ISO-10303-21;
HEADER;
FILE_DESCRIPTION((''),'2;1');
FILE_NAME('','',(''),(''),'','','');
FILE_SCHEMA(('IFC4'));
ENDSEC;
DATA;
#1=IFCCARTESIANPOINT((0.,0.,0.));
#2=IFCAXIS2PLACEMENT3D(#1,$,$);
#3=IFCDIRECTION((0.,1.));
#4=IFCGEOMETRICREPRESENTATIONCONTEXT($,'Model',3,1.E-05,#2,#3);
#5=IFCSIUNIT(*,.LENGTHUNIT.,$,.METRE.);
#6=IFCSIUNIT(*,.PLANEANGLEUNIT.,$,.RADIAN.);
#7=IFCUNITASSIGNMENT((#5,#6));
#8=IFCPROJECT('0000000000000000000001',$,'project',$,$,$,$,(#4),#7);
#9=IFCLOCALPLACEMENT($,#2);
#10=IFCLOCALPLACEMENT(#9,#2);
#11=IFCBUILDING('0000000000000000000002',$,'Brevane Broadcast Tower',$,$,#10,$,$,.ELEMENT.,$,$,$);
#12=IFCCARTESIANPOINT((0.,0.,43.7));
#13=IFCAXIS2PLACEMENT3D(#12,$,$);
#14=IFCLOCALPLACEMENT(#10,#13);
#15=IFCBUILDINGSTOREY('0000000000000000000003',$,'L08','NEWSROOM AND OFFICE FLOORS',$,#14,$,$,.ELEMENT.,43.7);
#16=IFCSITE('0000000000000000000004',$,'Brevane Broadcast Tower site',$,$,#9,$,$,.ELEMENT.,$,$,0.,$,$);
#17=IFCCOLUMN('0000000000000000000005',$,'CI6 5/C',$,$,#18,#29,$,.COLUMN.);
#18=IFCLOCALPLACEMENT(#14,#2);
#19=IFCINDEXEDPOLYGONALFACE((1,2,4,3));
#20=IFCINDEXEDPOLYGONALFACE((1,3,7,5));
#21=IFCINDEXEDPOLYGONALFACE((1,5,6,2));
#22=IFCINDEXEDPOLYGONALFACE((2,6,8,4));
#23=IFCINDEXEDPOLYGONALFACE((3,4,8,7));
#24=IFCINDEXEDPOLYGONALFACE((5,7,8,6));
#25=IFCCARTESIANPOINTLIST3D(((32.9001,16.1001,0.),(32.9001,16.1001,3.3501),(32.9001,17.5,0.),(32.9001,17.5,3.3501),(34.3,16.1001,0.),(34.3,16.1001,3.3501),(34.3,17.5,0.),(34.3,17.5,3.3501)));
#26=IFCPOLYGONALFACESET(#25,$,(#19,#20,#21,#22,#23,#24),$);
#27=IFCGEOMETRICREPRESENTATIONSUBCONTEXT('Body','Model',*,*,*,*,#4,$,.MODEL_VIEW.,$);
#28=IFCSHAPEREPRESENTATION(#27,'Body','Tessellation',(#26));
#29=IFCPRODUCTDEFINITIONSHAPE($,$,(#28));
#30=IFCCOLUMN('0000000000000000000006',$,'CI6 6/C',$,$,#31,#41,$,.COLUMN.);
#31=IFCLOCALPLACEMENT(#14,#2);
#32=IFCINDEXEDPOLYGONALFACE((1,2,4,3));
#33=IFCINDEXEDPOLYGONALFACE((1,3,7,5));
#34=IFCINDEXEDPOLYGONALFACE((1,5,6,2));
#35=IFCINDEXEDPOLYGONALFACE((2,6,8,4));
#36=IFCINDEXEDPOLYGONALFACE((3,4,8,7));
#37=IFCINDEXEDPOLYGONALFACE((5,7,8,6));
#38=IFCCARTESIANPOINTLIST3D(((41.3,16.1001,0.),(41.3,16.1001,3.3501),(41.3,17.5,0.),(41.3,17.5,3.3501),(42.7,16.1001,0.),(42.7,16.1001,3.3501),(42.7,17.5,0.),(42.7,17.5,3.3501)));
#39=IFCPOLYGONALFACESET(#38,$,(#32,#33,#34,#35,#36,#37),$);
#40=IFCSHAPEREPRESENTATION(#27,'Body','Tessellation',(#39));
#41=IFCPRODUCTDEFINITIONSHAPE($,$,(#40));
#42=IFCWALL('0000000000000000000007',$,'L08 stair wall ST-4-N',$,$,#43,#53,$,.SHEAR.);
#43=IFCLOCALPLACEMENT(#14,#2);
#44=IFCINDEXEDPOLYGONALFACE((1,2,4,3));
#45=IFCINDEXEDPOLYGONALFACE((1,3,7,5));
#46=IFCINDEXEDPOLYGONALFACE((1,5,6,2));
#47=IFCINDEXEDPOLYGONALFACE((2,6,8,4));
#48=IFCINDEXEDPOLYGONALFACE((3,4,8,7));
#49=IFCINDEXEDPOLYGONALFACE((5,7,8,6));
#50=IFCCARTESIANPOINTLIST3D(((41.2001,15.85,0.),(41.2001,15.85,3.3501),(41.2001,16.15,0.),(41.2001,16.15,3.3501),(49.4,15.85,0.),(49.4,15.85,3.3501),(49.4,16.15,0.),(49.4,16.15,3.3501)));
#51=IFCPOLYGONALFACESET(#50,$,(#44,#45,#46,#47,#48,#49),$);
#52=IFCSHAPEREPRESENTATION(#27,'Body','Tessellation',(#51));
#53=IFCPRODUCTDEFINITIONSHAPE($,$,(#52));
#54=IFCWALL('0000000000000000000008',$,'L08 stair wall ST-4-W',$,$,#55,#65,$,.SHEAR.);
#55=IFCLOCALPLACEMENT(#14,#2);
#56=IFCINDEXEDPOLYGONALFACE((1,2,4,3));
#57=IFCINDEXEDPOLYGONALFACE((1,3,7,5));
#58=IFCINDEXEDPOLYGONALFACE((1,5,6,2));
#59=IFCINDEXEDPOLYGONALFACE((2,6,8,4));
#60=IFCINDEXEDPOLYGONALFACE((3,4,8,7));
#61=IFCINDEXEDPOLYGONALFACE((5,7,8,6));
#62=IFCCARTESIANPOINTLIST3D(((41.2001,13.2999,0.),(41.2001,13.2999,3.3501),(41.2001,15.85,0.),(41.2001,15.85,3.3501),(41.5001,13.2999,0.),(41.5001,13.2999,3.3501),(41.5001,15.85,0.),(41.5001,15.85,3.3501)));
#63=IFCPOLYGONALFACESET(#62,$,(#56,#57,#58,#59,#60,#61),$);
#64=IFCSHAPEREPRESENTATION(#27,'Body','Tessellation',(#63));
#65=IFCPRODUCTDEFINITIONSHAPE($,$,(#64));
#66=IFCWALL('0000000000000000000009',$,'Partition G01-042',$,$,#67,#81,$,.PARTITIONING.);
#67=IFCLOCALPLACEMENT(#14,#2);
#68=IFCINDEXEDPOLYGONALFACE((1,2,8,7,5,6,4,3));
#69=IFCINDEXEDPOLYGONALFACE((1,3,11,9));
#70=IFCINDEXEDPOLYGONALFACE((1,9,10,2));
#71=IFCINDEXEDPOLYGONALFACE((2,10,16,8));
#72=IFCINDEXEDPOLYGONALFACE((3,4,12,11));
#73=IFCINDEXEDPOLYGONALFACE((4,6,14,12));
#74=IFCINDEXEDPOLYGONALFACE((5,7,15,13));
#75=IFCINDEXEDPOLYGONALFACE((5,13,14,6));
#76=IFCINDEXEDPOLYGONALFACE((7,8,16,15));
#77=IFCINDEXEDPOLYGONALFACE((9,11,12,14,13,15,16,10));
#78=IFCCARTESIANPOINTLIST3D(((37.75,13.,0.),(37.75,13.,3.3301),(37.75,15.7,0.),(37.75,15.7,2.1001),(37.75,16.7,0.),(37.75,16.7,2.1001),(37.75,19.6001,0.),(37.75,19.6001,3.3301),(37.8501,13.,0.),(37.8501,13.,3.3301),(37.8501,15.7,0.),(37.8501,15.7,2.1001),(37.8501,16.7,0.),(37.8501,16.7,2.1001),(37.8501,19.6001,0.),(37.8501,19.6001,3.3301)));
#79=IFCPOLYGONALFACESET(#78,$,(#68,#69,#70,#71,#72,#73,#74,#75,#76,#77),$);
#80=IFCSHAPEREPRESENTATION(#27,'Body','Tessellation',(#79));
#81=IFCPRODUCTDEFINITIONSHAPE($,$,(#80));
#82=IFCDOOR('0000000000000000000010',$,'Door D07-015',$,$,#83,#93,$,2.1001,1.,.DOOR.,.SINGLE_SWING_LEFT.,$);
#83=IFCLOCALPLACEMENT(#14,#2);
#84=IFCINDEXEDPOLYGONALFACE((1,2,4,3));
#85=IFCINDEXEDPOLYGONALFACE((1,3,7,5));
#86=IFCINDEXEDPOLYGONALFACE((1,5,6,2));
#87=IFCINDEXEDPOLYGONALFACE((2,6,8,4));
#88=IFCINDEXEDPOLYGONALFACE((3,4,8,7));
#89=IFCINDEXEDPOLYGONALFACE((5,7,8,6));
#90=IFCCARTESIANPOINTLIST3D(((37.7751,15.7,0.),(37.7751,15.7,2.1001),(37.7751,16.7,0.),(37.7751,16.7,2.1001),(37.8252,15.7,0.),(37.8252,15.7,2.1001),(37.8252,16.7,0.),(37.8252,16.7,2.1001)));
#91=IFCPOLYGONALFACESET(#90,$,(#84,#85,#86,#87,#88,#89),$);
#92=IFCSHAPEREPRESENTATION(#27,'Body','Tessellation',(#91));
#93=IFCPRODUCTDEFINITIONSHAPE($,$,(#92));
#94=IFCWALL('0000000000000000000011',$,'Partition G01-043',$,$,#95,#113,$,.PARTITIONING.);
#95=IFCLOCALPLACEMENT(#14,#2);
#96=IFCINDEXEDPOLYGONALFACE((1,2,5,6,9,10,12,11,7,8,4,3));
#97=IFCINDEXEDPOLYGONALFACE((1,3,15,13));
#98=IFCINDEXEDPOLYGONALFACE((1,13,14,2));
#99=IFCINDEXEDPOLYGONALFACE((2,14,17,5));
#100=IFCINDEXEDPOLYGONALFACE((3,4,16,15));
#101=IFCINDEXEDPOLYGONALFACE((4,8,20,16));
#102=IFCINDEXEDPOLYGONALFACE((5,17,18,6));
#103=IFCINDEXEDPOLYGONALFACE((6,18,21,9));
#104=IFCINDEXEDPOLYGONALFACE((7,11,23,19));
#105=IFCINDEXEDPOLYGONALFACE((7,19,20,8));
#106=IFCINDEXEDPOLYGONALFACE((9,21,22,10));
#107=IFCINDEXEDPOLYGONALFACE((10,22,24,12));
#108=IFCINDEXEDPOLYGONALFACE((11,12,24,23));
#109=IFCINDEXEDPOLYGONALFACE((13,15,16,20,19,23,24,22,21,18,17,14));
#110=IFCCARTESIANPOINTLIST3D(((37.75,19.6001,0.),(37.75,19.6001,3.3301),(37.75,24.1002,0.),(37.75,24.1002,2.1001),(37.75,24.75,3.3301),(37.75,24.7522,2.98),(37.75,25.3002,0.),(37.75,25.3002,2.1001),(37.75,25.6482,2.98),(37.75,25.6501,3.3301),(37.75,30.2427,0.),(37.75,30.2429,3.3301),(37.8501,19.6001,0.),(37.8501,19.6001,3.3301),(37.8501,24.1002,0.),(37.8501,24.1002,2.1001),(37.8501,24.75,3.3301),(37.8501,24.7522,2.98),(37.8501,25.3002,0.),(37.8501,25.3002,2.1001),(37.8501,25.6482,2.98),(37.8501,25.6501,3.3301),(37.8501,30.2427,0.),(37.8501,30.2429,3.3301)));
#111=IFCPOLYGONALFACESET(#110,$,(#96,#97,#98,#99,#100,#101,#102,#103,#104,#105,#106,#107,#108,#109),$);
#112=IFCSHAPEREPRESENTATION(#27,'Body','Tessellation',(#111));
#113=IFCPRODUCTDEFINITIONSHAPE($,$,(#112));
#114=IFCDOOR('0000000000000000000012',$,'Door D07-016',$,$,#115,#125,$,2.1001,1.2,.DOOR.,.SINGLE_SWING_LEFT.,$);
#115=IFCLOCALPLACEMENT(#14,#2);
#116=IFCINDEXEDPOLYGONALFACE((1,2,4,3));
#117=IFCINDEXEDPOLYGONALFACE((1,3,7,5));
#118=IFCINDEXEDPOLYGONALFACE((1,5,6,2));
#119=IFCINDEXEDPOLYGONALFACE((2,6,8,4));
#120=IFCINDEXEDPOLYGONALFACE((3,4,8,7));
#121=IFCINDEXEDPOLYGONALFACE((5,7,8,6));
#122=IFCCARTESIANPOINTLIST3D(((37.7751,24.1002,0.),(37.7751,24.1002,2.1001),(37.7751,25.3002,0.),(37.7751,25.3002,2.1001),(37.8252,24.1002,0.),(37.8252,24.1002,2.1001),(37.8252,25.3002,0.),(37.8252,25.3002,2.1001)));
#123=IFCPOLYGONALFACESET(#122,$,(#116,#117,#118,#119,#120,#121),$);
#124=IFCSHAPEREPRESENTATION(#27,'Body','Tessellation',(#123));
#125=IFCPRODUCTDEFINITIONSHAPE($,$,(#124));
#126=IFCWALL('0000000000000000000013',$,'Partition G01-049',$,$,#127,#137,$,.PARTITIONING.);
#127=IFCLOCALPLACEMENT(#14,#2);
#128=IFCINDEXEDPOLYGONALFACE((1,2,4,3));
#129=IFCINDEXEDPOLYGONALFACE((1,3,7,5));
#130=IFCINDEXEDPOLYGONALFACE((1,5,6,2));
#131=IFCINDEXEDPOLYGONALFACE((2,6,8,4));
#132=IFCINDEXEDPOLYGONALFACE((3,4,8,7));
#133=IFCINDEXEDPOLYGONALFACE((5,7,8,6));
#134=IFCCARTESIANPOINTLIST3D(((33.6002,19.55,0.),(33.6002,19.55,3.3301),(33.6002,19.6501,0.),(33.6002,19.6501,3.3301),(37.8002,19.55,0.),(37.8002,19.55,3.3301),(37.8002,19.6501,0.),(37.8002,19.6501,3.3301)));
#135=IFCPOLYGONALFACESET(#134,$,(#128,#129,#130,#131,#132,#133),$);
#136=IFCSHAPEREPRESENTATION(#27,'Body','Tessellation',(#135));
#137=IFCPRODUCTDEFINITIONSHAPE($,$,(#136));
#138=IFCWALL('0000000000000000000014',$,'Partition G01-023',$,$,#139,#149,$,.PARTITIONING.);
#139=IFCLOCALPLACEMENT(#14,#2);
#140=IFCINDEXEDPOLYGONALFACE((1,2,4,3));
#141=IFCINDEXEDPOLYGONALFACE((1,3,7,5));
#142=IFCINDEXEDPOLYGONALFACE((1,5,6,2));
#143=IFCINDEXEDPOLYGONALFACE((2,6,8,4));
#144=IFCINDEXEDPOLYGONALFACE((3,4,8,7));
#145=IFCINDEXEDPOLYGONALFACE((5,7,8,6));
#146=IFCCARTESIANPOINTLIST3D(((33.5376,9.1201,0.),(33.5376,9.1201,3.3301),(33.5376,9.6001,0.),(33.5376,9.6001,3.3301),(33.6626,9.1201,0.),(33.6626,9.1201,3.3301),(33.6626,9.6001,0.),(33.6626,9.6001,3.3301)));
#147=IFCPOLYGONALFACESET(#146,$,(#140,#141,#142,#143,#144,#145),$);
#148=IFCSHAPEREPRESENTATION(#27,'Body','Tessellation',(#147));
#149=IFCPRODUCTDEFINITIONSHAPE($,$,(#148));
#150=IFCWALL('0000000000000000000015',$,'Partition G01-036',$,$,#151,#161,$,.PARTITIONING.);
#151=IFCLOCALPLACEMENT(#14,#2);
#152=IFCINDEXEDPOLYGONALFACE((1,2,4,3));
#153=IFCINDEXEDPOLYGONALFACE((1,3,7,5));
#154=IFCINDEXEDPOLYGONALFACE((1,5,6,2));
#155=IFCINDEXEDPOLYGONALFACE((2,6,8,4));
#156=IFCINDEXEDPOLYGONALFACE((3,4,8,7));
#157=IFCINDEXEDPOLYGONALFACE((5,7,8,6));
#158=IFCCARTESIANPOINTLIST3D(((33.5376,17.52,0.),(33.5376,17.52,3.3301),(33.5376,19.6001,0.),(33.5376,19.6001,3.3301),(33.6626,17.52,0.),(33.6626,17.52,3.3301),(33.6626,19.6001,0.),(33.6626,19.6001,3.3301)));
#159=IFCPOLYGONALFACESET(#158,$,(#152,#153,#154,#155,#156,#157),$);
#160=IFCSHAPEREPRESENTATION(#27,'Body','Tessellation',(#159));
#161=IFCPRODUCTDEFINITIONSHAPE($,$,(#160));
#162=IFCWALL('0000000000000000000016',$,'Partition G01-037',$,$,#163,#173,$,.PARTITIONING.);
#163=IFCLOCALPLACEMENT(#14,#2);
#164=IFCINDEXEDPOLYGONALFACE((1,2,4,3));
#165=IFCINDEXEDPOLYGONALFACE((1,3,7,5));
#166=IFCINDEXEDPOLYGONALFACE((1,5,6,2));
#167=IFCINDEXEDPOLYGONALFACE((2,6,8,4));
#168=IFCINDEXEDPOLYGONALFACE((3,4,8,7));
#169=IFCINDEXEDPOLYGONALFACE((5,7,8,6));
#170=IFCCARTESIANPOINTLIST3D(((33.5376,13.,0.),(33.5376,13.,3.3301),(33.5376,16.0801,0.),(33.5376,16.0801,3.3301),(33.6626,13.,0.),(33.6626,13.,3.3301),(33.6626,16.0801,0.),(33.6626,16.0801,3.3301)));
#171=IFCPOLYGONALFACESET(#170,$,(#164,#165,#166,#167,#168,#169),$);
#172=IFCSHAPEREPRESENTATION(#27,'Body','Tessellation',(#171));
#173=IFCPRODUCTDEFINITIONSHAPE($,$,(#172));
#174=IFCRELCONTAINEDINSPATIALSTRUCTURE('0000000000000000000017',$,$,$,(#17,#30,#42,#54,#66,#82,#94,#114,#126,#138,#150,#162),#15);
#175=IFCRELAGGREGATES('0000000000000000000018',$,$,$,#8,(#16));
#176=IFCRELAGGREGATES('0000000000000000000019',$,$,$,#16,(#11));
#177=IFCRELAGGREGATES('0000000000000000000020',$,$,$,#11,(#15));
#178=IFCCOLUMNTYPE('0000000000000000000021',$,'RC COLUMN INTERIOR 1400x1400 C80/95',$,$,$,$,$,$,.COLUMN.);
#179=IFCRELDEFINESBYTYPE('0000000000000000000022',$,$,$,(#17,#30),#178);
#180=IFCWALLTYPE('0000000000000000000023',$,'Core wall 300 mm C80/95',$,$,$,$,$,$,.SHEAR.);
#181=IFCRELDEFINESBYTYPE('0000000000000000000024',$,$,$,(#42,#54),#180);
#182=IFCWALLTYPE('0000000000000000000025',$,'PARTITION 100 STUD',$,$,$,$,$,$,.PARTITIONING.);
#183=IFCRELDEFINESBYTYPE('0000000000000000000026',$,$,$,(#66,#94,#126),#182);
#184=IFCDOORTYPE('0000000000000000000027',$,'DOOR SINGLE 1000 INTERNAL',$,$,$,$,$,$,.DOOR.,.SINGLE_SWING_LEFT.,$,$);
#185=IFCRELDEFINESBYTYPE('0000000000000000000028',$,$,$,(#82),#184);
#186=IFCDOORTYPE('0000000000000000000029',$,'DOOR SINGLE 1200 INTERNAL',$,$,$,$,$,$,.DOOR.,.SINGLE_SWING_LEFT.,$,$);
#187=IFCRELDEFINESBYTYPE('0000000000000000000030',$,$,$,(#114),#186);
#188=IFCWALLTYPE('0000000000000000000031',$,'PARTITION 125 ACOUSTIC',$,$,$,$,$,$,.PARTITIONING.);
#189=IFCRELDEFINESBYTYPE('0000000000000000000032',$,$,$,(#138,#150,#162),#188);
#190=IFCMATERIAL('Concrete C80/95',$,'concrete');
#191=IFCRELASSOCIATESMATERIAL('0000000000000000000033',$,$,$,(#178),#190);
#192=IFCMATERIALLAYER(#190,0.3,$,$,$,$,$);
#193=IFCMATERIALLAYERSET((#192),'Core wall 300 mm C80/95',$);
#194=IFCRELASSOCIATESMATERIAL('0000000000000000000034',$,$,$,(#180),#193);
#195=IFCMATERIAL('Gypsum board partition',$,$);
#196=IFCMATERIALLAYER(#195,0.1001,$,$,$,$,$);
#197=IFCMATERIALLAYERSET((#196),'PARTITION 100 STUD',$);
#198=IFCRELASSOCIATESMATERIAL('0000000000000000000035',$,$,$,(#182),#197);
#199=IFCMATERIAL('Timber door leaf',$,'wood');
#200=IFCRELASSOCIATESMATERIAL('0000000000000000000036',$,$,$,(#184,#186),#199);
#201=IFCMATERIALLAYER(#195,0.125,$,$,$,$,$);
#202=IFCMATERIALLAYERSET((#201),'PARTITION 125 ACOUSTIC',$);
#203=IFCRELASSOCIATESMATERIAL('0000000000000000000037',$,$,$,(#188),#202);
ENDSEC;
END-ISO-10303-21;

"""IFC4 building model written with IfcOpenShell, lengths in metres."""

from ifc_helpers import new_model, si_unit, direction, frame, frame_2d, origin, origin_2d, place, context, subcontext, project, spatial, polyline, rectangle, outline, extrude, material, layer, layer_set, material_profile, profile_set, type_object, element, fill, save


model = new_model("IFC4")

# Units and contexts
model_context = context("Model", 3, precision=1e-05, world=origin(), true_north=direction((0.0, 1.0)))
body_context = subcontext(model_context, "Body", "Model", "MODEL_VIEW")
ifc_project = project(units=[si_unit("LENGTHUNIT", "METRE"), si_unit("PLANEANGLEUNIT", "RADIAN")], contexts=[model_context])

# Site, building, storey
site_placement = place(None, origin())
site = spatial("IfcSite", under=ifc_project, at=site_placement, Name="Brevane Broadcast Tower site", CompositionType="ELEMENT", RefElevation=0.0)
building_placement = place(site_placement, origin())
building = spatial("IfcBuilding", under=site, at=building_placement, Name="Brevane Broadcast Tower", CompositionType="ELEMENT")
storey_placement = place(building_placement, frame((0.0, 0.0, 43.7)))
storey = spatial("IfcBuildingStorey", under=building, at=storey_placement, Name="L08", Description="NEWSROOM AND OFFICE FLOORS", CompositionType="ELEMENT", Elevation=43.7)

# Columns
ifc_material_1 = material(Name="Concrete C80/95", Category="concrete")
ifc_material_profile = material_profile(ifc_material_1, rectangle(XDim=1.3999, YDim=1.3999, at=origin_2d()), Name="RC 1400x1400")
ifc_profile_set = profile_set([ifc_material_profile], Name="Concrete C80/95")
column_type = type_object("IfcColumnType", Name="RC COLUMN INTERIOR 1400x1400 C80/95", PredefinedType="COLUMN", material=ifc_profile_set)
for number, where, z_axis, x_axis, name in (
    (1, (33.6001, 16.8, 0.0), (0.0, 0.0, 1.0), (1.0, 0.0, 0.0), "CI6 5/C"),
    (2, (42.0, 16.8, 0.0), (0.0, 0.0, 1.0), (1.0, 0.0, 0.0), "CI6 6/C"),
):
    element("IfcColumn", number, at=place(storey_placement, frame(where, z_axis=z_axis, x_axis=x_axis)), inside=storey, type_object=column_type, Name=name, PredefinedType="COLUMN", context=body_context, shape_type="SweptSolid", body=[
        extrude(rectangle(XDim=1.3999, YDim=1.3999, at=origin_2d()), origin(), (0.0, 0.0, 1.0), 3.3501),
    ])

# Walls
ifc_layer_1 = layer(ifc_material_1, 0.3)
ifc_layer_set_1 = layer_set([ifc_layer_1], Name="Core wall 300 mm C80/95")
wall_type_1 = type_object("IfcWallType", Name="Core wall 300 mm C80/95", PredefinedType="SHEAR", material=ifc_layer_set_1)
wall_1_placement = place(storey_placement, frame((41.2, 16.0, 0.0), z_axis=(0.0, 0.0, 1.0), x_axis=(1.0, 0.0, 0.0)))
element("IfcWall", 3, at=wall_1_placement, inside=storey, type_object=wall_type_1, Name="L08 stair wall ST-4-N", PredefinedType="SHEAR", context=body_context, shape_type="SweptSolid", body=[
    extrude(rectangle(XDim=8.2, YDim=0.3, at=frame_2d((4.1001, 0.0))), origin(), (0.0, 0.0, 1.0), 3.3501),
])
wall_2_placement = place(storey_placement, frame((41.3501, 13.3, 0.0), z_axis=(0.0, 0.0, 1.0), x_axis=(0.0, 1.0, 0.0)))
element("IfcWall", 4, at=wall_2_placement, inside=storey, type_object=wall_type_1, Name="L08 stair wall ST-4-W", PredefinedType="SHEAR", context=body_context, shape_type="SweptSolid", body=[
    extrude(rectangle(XDim=2.55, YDim=0.3, at=frame_2d((1.2749, 0.0))), origin(), (0.0, 0.0, 1.0), 3.3501),
])

# Walls, openings, doors
ifc_material_2 = material(Name="Gypsum board partition")
ifc_layer_2 = layer(ifc_material_2, 0.1001)
ifc_layer_set_2 = layer_set([ifc_layer_2], Name="PARTITION 100 STUD")
wall_type_2 = type_object("IfcWallType", Name="PARTITION 100 STUD", PredefinedType="PARTITIONING", material=ifc_layer_set_2)
wall_3_placement = place(storey_placement, frame((37.8, 13.0, 0.0), z_axis=(0.0, 0.0, 1.0), x_axis=(0.0, 1.0, 0.0)))
wall_3 = element("IfcWall", 5, at=wall_3_placement, inside=storey, type_object=wall_type_2, Name="Partition G01-042", PredefinedType="PARTITIONING", context=body_context, shape_type="SweptSolid", body=[
    extrude(rectangle(XDim=6.6001, YDim=0.1001, at=frame_2d((3.3, 0.0))), origin(), (0.0, 0.0, 1.0), 3.3301),
])
opening_1_placement = place(wall_3_placement, frame((2.7, 0.0, 0.0)))
opening_1 = element("IfcOpeningElement", 6, at=opening_1_placement, cuts=wall_3, PredefinedType="OPENING", context=body_context, shape_type="SweptSolid", body=[
    extrude(rectangle(XDim=1.0, YDim=2.1001, at=frame_2d((0.5, 1.05))), frame((0.0, 0.0601, 0.0), z_axis=(0.0, -1.0, 0.0), x_axis=(1.0, 0.0, 0.0)), (0.0, 0.0, 1.0), 0.1201),
])
ifc_material_3 = material(Name="Timber door leaf", Category="wood")
door_type_1 = type_object("IfcDoorType", Name="DOOR SINGLE 1000 INTERNAL", OperationType="SINGLE_SWING_LEFT", PredefinedType="DOOR", material=ifc_material_3)
door_1_placement = place(opening_1_placement, origin())
door_1 = element("IfcDoor", 7, at=door_1_placement, inside=storey, type_object=door_type_1, Name="Door D07-015", OperationType="SINGLE_SWING_LEFT", OverallHeight=2.1001, OverallWidth=1.0, PredefinedType="DOOR", context=body_context, shape_type="SweptSolid", body=[
    extrude(rectangle(XDim=1.0, YDim=2.1001, at=frame_2d((0.5, 1.05))), frame((0.0, 0.0249, 0.0), z_axis=(0.0, -1.0, 0.0), x_axis=(1.0, 0.0, 0.0)), (0.0, 0.0, 1.0), 0.05),
])
fill(opening_1, door_1)
wall_4_placement = place(storey_placement, frame((37.8, 19.6001, 0.0), z_axis=(0.0, 0.0, 1.0), x_axis=(0.0, 1.0, 0.0)))
wall_4 = element("IfcWall", 8, at=wall_4_placement, inside=storey, type_object=wall_type_2, Name="Partition G01-043", PredefinedType="PARTITIONING", context=body_context, shape_type="SweptSolid", body=[
    extrude(outline(polyline([(0.0, 0.0), (10.6426, 0.0), (10.6428, 3.3301), (6.05, 3.3301), (6.0481, 2.98), (5.1521, 2.98), (5.1499, 3.3301), (0.0, 3.3301), (0.0, 0.0)])), frame((0.0, 0.05, 0.0), z_axis=(0.0, -1.0, 0.0), x_axis=(1.0, 0.0, 0.0)), (0.0, 0.0, 1.0), 0.1001),
])
opening_2_placement = place(wall_4_placement, frame((4.5, 0.0, 0.0)))
opening_2 = element("IfcOpeningElement", 9, at=opening_2_placement, cuts=wall_4, PredefinedType="OPENING", context=body_context, shape_type="SweptSolid", body=[
    extrude(rectangle(XDim=1.2, YDim=2.1001, at=frame_2d((0.6001, 1.05))), frame((0.0, 0.0601, 0.0), z_axis=(0.0, -1.0, 0.0), x_axis=(1.0, 0.0, 0.0)), (0.0, 0.0, 1.0), 0.1201),
])
door_type_2 = type_object("IfcDoorType", Name="DOOR SINGLE 1200 INTERNAL", OperationType="SINGLE_SWING_LEFT", PredefinedType="DOOR", material=ifc_material_3)
door_2_placement = place(opening_2_placement, origin())
door_2 = element("IfcDoor", 10, at=door_2_placement, inside=storey, type_object=door_type_2, Name="Door D07-016", OperationType="SINGLE_SWING_LEFT", OverallHeight=2.1001, OverallWidth=1.2, PredefinedType="DOOR", context=body_context, shape_type="SweptSolid", body=[
    extrude(rectangle(XDim=1.2, YDim=2.1001, at=frame_2d((0.6001, 1.05))), frame((0.0, 0.0249, 0.0), z_axis=(0.0, -1.0, 0.0), x_axis=(1.0, 0.0, 0.0)), (0.0, 0.0, 1.0), 0.05),
])
fill(opening_2, door_2)

# Walls
wall_5_placement = place(storey_placement, frame((33.6001, 19.6001, 0.0), z_axis=(0.0, 0.0, 1.0), x_axis=(1.0, 0.0, 0.0)))
element("IfcWall", 11, at=wall_5_placement, inside=storey, type_object=wall_type_2, Name="Partition G01-049", PredefinedType="PARTITIONING", context=body_context, shape_type="SweptSolid", body=[
    extrude(rectangle(XDim=4.2, YDim=0.1001, at=frame_2d((2.1001, 0.0))), origin(), (0.0, 0.0, 1.0), 3.3301),
])
ifc_layer_3 = layer(ifc_material_2, 0.125)
ifc_layer_set_3 = layer_set([ifc_layer_3], Name="PARTITION 125 ACOUSTIC")
wall_type_3 = type_object("IfcWallType", Name="PARTITION 125 ACOUSTIC", PredefinedType="PARTITIONING", material=ifc_layer_set_3)
wall_6_placement = place(storey_placement, frame((33.6001, 9.6001, 0.0), z_axis=(0.0, 0.0, 1.0), x_axis=(0.0, -1.0, 0.0)))
element("IfcWall", 12, at=wall_6_placement, inside=storey, type_object=wall_type_3, Name="Partition G01-023", PredefinedType="PARTITIONING", context=body_context, shape_type="SweptSolid", body=[
    extrude(rectangle(XDim=0.48, YDim=0.125, at=frame_2d((0.24, 0.0))), origin(), (0.0, 0.0, 1.0), 3.3301),
])
wall_7_placement = place(storey_placement, frame((33.6001, 19.6001, 0.0), z_axis=(0.0, 0.0, 1.0), x_axis=(0.0, -1.0, 0.0)))
element("IfcWall", 13, at=wall_7_placement, inside=storey, type_object=wall_type_3, Name="Partition G01-036", PredefinedType="PARTITIONING", context=body_context, shape_type="SweptSolid", body=[
    extrude(rectangle(XDim=2.0801, YDim=0.125, at=frame_2d((1.04, 0.0))), origin(), (0.0, 0.0, 1.0), 3.3301),
])
wall_8_placement = place(storey_placement, frame((33.6001, 16.0801, 0.0), z_axis=(0.0, 0.0, 1.0), x_axis=(0.0, -1.0, 0.0)))
element("IfcWall", 14, at=wall_8_placement, inside=storey, type_object=wall_type_3, Name="Partition G01-037", PredefinedType="PARTITIONING", context=body_context, shape_type="SweptSolid", body=[
    extrude(rectangle(XDim=3.0801, YDim=0.125, at=frame_2d((1.54, 0.0))), origin(), (0.0, 0.0, 1.0), 3.3301),
])

save(model, "model.ifc")
